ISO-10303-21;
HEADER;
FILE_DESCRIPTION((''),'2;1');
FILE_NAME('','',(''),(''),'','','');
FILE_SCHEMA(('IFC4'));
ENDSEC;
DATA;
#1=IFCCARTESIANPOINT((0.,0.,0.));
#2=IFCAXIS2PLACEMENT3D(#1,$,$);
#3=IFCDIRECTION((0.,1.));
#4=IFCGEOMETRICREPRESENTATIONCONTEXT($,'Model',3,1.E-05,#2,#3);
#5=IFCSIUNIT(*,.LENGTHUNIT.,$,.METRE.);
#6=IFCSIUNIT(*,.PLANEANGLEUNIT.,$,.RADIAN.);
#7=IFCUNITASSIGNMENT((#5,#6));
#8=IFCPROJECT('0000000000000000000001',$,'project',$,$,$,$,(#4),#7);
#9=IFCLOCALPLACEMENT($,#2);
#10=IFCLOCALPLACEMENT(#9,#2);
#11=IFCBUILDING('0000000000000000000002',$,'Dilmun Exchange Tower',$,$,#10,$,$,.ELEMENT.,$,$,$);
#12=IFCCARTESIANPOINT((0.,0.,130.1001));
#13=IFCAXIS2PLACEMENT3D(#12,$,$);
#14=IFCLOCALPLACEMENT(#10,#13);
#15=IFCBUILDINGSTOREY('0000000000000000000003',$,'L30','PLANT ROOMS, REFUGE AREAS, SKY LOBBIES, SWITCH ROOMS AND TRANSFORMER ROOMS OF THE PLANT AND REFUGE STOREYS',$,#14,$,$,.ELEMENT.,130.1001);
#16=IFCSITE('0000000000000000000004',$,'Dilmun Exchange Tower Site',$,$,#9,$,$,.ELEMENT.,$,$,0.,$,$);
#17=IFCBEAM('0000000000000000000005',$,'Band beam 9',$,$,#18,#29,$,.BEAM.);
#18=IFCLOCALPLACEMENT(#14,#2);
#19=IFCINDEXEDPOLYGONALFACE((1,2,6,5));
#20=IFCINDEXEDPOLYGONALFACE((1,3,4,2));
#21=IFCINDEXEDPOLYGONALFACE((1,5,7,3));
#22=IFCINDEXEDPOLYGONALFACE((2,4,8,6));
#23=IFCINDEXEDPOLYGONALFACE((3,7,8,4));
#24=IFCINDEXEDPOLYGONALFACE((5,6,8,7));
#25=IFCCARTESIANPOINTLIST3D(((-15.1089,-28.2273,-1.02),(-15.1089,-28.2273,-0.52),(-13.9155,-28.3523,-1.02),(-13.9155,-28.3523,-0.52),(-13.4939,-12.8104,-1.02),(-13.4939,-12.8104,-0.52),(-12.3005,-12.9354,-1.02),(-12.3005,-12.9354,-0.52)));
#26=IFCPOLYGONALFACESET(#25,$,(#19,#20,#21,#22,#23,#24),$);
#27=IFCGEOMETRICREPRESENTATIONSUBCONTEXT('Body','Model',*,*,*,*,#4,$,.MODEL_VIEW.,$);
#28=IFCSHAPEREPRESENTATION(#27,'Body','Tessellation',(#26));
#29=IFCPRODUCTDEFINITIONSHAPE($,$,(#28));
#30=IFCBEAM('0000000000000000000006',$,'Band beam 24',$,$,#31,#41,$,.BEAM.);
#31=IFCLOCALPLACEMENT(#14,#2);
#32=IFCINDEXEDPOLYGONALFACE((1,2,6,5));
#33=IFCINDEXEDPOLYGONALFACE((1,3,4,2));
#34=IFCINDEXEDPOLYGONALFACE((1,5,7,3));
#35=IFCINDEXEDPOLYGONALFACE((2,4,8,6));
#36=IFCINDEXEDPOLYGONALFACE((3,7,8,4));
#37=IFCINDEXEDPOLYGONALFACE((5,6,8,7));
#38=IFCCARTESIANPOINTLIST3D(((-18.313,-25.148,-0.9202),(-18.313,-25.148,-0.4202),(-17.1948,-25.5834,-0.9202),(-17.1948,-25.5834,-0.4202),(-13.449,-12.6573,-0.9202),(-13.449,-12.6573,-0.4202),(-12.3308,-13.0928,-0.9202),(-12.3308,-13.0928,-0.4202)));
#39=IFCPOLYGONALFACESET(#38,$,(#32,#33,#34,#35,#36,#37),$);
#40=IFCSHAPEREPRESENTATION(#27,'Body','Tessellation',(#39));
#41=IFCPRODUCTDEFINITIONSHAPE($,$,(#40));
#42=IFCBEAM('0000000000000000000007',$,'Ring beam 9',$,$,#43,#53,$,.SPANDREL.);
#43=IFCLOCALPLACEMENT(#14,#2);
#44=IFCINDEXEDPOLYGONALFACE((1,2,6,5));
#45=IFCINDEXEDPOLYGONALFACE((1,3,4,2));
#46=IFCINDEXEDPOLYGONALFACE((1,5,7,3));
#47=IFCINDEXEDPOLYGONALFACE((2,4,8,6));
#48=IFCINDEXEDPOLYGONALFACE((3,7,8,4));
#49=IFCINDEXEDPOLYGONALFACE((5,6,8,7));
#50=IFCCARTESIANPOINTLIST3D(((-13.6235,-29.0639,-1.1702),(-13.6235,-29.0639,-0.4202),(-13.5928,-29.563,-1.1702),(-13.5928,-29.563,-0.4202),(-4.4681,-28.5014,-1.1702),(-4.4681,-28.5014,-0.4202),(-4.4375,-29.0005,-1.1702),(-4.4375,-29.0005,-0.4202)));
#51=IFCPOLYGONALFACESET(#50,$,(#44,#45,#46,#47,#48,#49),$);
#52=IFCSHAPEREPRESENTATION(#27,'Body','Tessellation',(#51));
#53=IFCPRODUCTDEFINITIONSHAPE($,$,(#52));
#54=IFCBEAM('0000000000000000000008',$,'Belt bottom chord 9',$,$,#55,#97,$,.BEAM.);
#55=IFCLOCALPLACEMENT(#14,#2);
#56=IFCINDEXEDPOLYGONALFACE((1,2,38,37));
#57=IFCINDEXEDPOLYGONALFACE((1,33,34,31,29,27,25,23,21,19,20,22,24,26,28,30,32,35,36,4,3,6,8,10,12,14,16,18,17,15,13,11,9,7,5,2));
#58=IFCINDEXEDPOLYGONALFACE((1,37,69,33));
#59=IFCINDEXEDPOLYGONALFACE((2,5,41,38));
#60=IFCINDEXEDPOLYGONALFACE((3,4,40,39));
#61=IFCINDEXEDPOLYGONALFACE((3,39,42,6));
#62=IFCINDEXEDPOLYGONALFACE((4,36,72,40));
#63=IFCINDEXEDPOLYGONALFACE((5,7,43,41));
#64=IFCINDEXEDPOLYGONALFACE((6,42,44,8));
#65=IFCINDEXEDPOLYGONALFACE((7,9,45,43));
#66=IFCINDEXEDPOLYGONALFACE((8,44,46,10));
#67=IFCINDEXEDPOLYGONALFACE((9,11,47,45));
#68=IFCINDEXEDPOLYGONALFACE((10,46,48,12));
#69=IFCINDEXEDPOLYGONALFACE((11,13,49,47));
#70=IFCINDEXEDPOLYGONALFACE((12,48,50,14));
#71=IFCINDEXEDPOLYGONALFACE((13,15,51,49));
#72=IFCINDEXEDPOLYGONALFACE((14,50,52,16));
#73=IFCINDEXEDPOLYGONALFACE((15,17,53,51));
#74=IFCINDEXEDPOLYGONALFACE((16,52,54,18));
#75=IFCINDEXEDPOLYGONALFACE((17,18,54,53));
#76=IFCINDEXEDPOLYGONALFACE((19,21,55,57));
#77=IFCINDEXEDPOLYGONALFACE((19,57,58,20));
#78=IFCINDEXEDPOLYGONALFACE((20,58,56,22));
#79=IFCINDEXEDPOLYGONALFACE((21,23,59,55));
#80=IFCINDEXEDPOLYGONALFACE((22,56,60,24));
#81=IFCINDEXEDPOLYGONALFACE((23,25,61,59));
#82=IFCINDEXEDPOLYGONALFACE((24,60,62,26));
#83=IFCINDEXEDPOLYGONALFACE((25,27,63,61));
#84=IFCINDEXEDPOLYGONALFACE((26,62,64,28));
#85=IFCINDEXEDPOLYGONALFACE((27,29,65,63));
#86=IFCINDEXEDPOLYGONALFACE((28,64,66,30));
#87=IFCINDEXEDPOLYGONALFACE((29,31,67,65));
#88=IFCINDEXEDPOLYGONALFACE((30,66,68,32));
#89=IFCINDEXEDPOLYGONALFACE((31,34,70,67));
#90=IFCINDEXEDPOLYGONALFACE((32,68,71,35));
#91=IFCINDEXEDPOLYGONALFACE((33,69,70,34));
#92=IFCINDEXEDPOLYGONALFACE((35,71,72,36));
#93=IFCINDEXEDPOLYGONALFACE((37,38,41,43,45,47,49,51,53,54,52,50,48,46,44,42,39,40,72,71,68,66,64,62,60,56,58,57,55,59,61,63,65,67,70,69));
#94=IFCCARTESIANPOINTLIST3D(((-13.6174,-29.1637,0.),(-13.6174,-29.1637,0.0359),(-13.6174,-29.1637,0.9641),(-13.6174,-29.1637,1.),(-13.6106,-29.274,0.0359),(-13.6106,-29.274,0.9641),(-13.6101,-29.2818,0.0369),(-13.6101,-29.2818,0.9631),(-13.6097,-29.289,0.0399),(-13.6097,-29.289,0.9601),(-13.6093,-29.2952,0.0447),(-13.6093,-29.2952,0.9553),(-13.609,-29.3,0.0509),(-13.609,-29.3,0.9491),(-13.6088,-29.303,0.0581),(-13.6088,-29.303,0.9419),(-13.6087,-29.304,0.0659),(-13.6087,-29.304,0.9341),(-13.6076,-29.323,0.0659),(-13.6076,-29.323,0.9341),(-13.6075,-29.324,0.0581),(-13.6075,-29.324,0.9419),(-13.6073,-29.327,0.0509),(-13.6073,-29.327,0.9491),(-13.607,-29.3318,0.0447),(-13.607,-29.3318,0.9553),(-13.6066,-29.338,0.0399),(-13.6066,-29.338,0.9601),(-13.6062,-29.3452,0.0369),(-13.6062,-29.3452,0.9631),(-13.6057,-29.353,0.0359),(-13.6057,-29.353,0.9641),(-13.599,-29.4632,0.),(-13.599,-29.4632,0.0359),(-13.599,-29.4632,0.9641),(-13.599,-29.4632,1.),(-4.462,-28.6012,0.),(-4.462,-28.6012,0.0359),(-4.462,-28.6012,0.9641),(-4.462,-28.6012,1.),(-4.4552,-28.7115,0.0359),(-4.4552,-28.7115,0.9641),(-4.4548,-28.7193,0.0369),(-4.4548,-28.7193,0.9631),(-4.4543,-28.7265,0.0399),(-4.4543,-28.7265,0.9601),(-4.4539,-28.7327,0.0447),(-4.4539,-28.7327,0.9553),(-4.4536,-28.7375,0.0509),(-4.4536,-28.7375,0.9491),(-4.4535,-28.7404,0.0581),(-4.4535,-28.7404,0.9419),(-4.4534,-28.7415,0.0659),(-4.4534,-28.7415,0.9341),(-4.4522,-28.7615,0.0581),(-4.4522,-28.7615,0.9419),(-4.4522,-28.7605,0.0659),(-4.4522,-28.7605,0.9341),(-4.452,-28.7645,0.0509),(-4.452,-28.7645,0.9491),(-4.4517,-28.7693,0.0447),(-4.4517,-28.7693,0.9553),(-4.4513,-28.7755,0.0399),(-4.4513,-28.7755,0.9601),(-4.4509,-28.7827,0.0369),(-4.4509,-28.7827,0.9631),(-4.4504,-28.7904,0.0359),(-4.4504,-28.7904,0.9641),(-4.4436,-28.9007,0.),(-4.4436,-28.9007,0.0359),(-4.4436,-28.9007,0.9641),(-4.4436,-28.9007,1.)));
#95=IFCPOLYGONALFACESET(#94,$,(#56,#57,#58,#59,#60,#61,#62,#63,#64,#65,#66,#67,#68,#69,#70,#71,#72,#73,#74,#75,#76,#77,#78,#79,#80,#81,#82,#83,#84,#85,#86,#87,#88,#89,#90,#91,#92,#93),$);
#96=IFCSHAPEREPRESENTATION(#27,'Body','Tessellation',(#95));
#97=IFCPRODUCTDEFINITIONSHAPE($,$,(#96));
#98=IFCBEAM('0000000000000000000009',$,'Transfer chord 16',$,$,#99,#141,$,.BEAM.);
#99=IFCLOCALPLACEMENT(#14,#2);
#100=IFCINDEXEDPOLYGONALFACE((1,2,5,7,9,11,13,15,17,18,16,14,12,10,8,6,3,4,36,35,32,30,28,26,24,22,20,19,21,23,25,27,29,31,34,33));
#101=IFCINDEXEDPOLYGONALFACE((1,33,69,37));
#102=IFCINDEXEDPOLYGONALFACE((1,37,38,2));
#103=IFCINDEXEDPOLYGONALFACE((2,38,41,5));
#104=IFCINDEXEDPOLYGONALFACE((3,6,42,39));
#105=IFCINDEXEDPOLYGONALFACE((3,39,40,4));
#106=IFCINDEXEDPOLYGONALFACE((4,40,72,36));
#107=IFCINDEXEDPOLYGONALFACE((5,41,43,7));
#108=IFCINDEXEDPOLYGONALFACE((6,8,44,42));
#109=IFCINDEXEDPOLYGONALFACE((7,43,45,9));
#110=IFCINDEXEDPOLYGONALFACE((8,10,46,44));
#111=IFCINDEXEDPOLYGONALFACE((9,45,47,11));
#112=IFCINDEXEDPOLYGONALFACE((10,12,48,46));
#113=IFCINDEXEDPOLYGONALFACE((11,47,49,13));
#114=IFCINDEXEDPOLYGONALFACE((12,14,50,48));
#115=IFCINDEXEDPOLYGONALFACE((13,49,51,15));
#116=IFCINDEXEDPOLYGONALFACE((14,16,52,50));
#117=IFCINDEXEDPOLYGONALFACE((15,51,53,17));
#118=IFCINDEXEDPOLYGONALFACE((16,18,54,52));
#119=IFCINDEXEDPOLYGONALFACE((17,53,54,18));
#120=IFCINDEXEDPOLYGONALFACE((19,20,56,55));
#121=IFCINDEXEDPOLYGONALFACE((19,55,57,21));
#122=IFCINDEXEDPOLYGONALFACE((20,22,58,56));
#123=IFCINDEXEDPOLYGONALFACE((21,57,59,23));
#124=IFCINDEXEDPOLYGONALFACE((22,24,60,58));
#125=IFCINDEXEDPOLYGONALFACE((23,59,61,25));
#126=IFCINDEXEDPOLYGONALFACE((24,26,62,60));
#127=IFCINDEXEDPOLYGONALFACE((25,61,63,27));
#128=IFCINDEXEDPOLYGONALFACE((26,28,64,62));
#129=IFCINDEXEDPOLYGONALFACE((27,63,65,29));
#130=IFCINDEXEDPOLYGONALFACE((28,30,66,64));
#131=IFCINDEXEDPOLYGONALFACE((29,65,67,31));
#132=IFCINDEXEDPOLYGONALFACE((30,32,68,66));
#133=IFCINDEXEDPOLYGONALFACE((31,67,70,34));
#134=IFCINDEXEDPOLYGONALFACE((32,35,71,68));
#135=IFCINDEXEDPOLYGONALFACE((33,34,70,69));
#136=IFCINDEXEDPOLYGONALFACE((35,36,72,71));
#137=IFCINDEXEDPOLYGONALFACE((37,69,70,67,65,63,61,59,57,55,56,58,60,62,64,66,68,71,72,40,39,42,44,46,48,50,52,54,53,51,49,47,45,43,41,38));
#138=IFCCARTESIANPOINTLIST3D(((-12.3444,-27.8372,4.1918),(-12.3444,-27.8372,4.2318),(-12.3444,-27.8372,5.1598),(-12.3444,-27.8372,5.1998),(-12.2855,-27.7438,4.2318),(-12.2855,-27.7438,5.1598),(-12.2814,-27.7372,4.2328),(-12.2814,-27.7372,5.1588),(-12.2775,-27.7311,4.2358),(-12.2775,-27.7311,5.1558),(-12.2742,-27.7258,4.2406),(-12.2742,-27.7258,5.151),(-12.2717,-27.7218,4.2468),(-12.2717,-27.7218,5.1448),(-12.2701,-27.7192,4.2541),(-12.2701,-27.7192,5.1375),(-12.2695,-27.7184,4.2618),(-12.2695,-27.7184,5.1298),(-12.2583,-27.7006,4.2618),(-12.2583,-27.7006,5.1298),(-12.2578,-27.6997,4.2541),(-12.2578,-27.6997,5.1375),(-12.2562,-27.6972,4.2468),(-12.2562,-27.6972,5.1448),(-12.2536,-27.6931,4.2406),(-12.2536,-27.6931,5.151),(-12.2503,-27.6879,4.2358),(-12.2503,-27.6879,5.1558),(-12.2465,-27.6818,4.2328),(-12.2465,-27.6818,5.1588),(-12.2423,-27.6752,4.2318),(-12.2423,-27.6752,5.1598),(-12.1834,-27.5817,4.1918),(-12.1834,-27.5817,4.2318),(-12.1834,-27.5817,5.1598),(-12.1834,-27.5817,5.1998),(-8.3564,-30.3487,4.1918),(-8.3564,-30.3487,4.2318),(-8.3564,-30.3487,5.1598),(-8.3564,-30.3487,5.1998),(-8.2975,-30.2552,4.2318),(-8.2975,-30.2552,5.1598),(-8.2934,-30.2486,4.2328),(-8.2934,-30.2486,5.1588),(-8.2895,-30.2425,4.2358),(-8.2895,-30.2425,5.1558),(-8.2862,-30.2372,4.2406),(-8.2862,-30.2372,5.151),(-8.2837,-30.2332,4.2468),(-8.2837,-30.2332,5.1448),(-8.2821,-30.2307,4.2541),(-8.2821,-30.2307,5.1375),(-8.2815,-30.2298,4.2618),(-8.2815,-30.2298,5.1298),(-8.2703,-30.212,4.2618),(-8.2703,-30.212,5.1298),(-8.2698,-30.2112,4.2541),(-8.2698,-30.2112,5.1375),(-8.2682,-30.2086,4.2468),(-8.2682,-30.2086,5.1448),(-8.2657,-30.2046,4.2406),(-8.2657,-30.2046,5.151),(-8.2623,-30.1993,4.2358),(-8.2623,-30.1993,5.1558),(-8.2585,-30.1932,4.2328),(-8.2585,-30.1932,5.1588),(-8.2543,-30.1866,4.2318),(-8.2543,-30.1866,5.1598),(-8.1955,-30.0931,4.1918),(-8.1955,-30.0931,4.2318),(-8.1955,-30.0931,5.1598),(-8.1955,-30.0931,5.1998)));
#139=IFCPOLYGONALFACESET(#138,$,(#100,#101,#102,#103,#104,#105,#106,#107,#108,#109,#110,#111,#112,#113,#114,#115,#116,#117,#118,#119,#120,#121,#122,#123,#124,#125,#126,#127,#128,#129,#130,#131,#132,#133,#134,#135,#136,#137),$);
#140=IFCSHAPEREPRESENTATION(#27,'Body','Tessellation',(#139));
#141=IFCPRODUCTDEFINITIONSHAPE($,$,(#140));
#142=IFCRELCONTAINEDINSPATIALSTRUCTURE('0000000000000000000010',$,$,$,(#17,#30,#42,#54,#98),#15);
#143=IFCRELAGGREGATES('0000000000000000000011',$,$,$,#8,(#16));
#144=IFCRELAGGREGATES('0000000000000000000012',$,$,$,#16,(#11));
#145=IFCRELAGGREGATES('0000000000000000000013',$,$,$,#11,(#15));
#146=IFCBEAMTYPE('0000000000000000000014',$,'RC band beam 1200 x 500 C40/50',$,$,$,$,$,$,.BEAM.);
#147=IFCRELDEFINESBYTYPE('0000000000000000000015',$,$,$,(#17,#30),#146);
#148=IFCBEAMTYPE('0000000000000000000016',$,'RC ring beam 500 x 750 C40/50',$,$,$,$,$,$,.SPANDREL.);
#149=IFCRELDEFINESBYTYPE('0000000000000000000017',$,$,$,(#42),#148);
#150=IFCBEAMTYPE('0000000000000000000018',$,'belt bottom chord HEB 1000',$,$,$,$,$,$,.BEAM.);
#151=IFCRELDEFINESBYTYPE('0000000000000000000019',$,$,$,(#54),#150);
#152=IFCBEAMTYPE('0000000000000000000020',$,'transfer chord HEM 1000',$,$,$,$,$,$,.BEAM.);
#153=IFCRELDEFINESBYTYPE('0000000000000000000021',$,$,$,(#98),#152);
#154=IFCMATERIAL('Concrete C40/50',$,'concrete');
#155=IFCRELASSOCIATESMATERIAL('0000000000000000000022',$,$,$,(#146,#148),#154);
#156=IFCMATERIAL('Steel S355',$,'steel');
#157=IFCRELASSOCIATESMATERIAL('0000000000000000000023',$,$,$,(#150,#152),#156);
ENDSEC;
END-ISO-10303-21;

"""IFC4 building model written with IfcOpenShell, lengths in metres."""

from ifc_helpers import new_model, si_unit, direction, frame, origin, origin_2d, place, context, subcontext, project, spatial, rectangle, i_section, extrude, material, material_profile, profile_set, type_object, element, save


model = new_model("IFC4")

# Units and contexts
model_context = context("Model", 3, precision=1e-05, world=origin(), true_north=direction((0.0, 1.0)))
body_context = subcontext(model_context, "Body", "Model", "MODEL_VIEW")
ifc_project = project(units=[si_unit("LENGTHUNIT", "METRE"), si_unit("PLANEANGLEUNIT", "RADIAN")], contexts=[model_context])

# Site, building, storey
site_placement = place(None, origin())
site = spatial("IfcSite", under=ifc_project, at=site_placement, Name="Dilmun Exchange Tower Site", CompositionType="ELEMENT", RefElevation=0.0)
building_placement = place(site_placement, origin())
building = spatial("IfcBuilding", under=site, at=building_placement, Name="Dilmun Exchange Tower", CompositionType="ELEMENT")
storey_placement = place(building_placement, frame((0.0, 0.0, 130.1001)))
storey = spatial("IfcBuildingStorey", under=building, at=storey_placement, Name="L30", Description="PLANT ROOMS, REFUGE AREAS, SKY LOBBIES, SWITCH ROOMS AND TRANSFORMER ROOMS OF THE PLANT AND REFUGE STOREYS", CompositionType="ELEMENT", Elevation=130.1001)

# Beams
ifc_material_1 = material(Name="Concrete C40/50", Category="concrete")
ifc_material_profile_1 = material_profile(ifc_material_1, rectangle(XDim=1.2, YDim=0.5, at=origin_2d()), Name="1200 x 500")
ifc_profile_set_1 = profile_set([ifc_material_profile_1], Name="Concrete C40/50")
beam_type_1 = type_object("IfcBeamType", Name="RC band beam 1200 x 500 C40/50", PredefinedType="BEAM", material=ifc_profile_set_1)
beam_1_placement = place(storey_placement, frame((-14.5122, -28.2898, -0.77), z_axis=(0.104185, 0.994558, 0.0), x_axis=(-0.994558, 0.104185, 0.0)))
element("IfcBeam", 1, at=beam_1_placement, inside=storey, type_object=beam_type_1, Name="Band beam 9", PredefinedType="BEAM", context=body_context, shape_type="SweptSolid", body=[
    extrude(rectangle(XDim=1.2, YDim=0.5, at=origin_2d()), origin(), (0.0, 0.0, 1.0), 15.5012),
])
beam_2_placement = place(storey_placement, frame((-17.7539, -25.3657, -0.6702), z_axis=(0.362868, 0.931841, 0.0), x_axis=(-0.931841, 0.362868, 0.0)))
element("IfcBeam", 2, at=beam_2_placement, inside=storey, type_object=beam_type_1, Name="Band beam 24", PredefinedType="BEAM", context=body_context, shape_type="SweptSolid", body=[
    extrude(rectangle(XDim=1.2, YDim=0.5, at=origin_2d()), origin(), (0.0, 0.0, 1.0), 13.4043),
])
ifc_material_profile_2 = material_profile(ifc_material_1, rectangle(XDim=0.5, YDim=0.75, at=origin_2d()), Name="500 x 750")
ifc_profile_set_2 = profile_set([ifc_material_profile_2], Name="Concrete C40/50")
beam_type_2 = type_object("IfcBeamType", Name="RC ring beam 500 x 750 C40/50", PredefinedType="SPANDREL", material=ifc_profile_set_2)
beam_3_placement = place(storey_placement, frame((-13.6082, -29.3135, -0.7952), z_axis=(0.998118, 0.061324, 0.0), x_axis=(-0.061324, 0.998118, 0.0)))
element("IfcBeam", 3, at=beam_3_placement, inside=storey, type_object=beam_type_2, Name="Ring beam 9", PredefinedType="SPANDREL", context=body_context, shape_type="SweptSolid", body=[
    extrude(rectangle(XDim=0.5, YDim=0.75, at=origin_2d()), origin(), (0.0, 0.0, 1.0), 9.1726),
])
ifc_material_2 = material(Name="Steel S355", Category="steel")
ifc_material_profile_3 = material_profile(ifc_material_2, i_section(OverallWidth=0.3, OverallDepth=1.0, WebThickness=0.019, FlangeThickness=0.0359, FilletRadius=0.03, at=origin_2d()), Name="HEB 1000")
ifc_profile_set_3 = profile_set([ifc_material_profile_3], Name="Steel S355")
beam_type_3 = type_object("IfcBeamType", Name="belt bottom chord HEB 1000", PredefinedType="BEAM", material=ifc_profile_set_3)
beam_4_placement = place(storey_placement, frame((-13.6082, -29.3135, 0.5), z_axis=(0.998118, 0.061324, 0.0), x_axis=(-0.061324, 0.998118, 0.0)))
element("IfcBeam", 4, at=beam_4_placement, inside=storey, type_object=beam_type_3, Name="Belt bottom chord 9", PredefinedType="BEAM", context=body_context, shape_type="SweptSolid", body=[
    extrude(i_section(OverallWidth=0.3, OverallDepth=1.0, WebThickness=0.019, FlangeThickness=0.0359, FilletRadius=0.03, at=origin_2d()), origin(), (0.0, 0.0, 1.0), 9.1726),
])
ifc_material_profile_4 = material_profile(ifc_material_2, i_section(OverallWidth=0.302, OverallDepth=1.0081, WebThickness=0.021, FlangeThickness=0.04, FilletRadius=0.03, at=origin_2d()), Name="HEM 1000")
ifc_profile_set_4 = profile_set([ifc_material_profile_4], Name="Steel S355")
beam_type_4 = type_object("IfcBeamType", Name="transfer chord HEM 1000", PredefinedType="BEAM", material=ifc_profile_set_4)
beam_5_placement = place(storey_placement, frame((-12.2639, -27.7095, 4.6958), z_axis=(0.846186, -0.532887, 0.0), x_axis=(0.532887, 0.846186, 0.0)))
element("IfcBeam", 5, at=beam_5_placement, inside=storey, type_object=beam_type_4, Name="Transfer chord 16", PredefinedType="BEAM", context=body_context, shape_type="SweptSolid", body=[
    extrude(i_section(OverallWidth=0.302, OverallDepth=1.0081, WebThickness=0.021, FlangeThickness=0.04, FilletRadius=0.03, at=origin_2d()), origin(), (0.0, 0.0, 1.0), 4.7129),
])

save(model, "model.ifc")
